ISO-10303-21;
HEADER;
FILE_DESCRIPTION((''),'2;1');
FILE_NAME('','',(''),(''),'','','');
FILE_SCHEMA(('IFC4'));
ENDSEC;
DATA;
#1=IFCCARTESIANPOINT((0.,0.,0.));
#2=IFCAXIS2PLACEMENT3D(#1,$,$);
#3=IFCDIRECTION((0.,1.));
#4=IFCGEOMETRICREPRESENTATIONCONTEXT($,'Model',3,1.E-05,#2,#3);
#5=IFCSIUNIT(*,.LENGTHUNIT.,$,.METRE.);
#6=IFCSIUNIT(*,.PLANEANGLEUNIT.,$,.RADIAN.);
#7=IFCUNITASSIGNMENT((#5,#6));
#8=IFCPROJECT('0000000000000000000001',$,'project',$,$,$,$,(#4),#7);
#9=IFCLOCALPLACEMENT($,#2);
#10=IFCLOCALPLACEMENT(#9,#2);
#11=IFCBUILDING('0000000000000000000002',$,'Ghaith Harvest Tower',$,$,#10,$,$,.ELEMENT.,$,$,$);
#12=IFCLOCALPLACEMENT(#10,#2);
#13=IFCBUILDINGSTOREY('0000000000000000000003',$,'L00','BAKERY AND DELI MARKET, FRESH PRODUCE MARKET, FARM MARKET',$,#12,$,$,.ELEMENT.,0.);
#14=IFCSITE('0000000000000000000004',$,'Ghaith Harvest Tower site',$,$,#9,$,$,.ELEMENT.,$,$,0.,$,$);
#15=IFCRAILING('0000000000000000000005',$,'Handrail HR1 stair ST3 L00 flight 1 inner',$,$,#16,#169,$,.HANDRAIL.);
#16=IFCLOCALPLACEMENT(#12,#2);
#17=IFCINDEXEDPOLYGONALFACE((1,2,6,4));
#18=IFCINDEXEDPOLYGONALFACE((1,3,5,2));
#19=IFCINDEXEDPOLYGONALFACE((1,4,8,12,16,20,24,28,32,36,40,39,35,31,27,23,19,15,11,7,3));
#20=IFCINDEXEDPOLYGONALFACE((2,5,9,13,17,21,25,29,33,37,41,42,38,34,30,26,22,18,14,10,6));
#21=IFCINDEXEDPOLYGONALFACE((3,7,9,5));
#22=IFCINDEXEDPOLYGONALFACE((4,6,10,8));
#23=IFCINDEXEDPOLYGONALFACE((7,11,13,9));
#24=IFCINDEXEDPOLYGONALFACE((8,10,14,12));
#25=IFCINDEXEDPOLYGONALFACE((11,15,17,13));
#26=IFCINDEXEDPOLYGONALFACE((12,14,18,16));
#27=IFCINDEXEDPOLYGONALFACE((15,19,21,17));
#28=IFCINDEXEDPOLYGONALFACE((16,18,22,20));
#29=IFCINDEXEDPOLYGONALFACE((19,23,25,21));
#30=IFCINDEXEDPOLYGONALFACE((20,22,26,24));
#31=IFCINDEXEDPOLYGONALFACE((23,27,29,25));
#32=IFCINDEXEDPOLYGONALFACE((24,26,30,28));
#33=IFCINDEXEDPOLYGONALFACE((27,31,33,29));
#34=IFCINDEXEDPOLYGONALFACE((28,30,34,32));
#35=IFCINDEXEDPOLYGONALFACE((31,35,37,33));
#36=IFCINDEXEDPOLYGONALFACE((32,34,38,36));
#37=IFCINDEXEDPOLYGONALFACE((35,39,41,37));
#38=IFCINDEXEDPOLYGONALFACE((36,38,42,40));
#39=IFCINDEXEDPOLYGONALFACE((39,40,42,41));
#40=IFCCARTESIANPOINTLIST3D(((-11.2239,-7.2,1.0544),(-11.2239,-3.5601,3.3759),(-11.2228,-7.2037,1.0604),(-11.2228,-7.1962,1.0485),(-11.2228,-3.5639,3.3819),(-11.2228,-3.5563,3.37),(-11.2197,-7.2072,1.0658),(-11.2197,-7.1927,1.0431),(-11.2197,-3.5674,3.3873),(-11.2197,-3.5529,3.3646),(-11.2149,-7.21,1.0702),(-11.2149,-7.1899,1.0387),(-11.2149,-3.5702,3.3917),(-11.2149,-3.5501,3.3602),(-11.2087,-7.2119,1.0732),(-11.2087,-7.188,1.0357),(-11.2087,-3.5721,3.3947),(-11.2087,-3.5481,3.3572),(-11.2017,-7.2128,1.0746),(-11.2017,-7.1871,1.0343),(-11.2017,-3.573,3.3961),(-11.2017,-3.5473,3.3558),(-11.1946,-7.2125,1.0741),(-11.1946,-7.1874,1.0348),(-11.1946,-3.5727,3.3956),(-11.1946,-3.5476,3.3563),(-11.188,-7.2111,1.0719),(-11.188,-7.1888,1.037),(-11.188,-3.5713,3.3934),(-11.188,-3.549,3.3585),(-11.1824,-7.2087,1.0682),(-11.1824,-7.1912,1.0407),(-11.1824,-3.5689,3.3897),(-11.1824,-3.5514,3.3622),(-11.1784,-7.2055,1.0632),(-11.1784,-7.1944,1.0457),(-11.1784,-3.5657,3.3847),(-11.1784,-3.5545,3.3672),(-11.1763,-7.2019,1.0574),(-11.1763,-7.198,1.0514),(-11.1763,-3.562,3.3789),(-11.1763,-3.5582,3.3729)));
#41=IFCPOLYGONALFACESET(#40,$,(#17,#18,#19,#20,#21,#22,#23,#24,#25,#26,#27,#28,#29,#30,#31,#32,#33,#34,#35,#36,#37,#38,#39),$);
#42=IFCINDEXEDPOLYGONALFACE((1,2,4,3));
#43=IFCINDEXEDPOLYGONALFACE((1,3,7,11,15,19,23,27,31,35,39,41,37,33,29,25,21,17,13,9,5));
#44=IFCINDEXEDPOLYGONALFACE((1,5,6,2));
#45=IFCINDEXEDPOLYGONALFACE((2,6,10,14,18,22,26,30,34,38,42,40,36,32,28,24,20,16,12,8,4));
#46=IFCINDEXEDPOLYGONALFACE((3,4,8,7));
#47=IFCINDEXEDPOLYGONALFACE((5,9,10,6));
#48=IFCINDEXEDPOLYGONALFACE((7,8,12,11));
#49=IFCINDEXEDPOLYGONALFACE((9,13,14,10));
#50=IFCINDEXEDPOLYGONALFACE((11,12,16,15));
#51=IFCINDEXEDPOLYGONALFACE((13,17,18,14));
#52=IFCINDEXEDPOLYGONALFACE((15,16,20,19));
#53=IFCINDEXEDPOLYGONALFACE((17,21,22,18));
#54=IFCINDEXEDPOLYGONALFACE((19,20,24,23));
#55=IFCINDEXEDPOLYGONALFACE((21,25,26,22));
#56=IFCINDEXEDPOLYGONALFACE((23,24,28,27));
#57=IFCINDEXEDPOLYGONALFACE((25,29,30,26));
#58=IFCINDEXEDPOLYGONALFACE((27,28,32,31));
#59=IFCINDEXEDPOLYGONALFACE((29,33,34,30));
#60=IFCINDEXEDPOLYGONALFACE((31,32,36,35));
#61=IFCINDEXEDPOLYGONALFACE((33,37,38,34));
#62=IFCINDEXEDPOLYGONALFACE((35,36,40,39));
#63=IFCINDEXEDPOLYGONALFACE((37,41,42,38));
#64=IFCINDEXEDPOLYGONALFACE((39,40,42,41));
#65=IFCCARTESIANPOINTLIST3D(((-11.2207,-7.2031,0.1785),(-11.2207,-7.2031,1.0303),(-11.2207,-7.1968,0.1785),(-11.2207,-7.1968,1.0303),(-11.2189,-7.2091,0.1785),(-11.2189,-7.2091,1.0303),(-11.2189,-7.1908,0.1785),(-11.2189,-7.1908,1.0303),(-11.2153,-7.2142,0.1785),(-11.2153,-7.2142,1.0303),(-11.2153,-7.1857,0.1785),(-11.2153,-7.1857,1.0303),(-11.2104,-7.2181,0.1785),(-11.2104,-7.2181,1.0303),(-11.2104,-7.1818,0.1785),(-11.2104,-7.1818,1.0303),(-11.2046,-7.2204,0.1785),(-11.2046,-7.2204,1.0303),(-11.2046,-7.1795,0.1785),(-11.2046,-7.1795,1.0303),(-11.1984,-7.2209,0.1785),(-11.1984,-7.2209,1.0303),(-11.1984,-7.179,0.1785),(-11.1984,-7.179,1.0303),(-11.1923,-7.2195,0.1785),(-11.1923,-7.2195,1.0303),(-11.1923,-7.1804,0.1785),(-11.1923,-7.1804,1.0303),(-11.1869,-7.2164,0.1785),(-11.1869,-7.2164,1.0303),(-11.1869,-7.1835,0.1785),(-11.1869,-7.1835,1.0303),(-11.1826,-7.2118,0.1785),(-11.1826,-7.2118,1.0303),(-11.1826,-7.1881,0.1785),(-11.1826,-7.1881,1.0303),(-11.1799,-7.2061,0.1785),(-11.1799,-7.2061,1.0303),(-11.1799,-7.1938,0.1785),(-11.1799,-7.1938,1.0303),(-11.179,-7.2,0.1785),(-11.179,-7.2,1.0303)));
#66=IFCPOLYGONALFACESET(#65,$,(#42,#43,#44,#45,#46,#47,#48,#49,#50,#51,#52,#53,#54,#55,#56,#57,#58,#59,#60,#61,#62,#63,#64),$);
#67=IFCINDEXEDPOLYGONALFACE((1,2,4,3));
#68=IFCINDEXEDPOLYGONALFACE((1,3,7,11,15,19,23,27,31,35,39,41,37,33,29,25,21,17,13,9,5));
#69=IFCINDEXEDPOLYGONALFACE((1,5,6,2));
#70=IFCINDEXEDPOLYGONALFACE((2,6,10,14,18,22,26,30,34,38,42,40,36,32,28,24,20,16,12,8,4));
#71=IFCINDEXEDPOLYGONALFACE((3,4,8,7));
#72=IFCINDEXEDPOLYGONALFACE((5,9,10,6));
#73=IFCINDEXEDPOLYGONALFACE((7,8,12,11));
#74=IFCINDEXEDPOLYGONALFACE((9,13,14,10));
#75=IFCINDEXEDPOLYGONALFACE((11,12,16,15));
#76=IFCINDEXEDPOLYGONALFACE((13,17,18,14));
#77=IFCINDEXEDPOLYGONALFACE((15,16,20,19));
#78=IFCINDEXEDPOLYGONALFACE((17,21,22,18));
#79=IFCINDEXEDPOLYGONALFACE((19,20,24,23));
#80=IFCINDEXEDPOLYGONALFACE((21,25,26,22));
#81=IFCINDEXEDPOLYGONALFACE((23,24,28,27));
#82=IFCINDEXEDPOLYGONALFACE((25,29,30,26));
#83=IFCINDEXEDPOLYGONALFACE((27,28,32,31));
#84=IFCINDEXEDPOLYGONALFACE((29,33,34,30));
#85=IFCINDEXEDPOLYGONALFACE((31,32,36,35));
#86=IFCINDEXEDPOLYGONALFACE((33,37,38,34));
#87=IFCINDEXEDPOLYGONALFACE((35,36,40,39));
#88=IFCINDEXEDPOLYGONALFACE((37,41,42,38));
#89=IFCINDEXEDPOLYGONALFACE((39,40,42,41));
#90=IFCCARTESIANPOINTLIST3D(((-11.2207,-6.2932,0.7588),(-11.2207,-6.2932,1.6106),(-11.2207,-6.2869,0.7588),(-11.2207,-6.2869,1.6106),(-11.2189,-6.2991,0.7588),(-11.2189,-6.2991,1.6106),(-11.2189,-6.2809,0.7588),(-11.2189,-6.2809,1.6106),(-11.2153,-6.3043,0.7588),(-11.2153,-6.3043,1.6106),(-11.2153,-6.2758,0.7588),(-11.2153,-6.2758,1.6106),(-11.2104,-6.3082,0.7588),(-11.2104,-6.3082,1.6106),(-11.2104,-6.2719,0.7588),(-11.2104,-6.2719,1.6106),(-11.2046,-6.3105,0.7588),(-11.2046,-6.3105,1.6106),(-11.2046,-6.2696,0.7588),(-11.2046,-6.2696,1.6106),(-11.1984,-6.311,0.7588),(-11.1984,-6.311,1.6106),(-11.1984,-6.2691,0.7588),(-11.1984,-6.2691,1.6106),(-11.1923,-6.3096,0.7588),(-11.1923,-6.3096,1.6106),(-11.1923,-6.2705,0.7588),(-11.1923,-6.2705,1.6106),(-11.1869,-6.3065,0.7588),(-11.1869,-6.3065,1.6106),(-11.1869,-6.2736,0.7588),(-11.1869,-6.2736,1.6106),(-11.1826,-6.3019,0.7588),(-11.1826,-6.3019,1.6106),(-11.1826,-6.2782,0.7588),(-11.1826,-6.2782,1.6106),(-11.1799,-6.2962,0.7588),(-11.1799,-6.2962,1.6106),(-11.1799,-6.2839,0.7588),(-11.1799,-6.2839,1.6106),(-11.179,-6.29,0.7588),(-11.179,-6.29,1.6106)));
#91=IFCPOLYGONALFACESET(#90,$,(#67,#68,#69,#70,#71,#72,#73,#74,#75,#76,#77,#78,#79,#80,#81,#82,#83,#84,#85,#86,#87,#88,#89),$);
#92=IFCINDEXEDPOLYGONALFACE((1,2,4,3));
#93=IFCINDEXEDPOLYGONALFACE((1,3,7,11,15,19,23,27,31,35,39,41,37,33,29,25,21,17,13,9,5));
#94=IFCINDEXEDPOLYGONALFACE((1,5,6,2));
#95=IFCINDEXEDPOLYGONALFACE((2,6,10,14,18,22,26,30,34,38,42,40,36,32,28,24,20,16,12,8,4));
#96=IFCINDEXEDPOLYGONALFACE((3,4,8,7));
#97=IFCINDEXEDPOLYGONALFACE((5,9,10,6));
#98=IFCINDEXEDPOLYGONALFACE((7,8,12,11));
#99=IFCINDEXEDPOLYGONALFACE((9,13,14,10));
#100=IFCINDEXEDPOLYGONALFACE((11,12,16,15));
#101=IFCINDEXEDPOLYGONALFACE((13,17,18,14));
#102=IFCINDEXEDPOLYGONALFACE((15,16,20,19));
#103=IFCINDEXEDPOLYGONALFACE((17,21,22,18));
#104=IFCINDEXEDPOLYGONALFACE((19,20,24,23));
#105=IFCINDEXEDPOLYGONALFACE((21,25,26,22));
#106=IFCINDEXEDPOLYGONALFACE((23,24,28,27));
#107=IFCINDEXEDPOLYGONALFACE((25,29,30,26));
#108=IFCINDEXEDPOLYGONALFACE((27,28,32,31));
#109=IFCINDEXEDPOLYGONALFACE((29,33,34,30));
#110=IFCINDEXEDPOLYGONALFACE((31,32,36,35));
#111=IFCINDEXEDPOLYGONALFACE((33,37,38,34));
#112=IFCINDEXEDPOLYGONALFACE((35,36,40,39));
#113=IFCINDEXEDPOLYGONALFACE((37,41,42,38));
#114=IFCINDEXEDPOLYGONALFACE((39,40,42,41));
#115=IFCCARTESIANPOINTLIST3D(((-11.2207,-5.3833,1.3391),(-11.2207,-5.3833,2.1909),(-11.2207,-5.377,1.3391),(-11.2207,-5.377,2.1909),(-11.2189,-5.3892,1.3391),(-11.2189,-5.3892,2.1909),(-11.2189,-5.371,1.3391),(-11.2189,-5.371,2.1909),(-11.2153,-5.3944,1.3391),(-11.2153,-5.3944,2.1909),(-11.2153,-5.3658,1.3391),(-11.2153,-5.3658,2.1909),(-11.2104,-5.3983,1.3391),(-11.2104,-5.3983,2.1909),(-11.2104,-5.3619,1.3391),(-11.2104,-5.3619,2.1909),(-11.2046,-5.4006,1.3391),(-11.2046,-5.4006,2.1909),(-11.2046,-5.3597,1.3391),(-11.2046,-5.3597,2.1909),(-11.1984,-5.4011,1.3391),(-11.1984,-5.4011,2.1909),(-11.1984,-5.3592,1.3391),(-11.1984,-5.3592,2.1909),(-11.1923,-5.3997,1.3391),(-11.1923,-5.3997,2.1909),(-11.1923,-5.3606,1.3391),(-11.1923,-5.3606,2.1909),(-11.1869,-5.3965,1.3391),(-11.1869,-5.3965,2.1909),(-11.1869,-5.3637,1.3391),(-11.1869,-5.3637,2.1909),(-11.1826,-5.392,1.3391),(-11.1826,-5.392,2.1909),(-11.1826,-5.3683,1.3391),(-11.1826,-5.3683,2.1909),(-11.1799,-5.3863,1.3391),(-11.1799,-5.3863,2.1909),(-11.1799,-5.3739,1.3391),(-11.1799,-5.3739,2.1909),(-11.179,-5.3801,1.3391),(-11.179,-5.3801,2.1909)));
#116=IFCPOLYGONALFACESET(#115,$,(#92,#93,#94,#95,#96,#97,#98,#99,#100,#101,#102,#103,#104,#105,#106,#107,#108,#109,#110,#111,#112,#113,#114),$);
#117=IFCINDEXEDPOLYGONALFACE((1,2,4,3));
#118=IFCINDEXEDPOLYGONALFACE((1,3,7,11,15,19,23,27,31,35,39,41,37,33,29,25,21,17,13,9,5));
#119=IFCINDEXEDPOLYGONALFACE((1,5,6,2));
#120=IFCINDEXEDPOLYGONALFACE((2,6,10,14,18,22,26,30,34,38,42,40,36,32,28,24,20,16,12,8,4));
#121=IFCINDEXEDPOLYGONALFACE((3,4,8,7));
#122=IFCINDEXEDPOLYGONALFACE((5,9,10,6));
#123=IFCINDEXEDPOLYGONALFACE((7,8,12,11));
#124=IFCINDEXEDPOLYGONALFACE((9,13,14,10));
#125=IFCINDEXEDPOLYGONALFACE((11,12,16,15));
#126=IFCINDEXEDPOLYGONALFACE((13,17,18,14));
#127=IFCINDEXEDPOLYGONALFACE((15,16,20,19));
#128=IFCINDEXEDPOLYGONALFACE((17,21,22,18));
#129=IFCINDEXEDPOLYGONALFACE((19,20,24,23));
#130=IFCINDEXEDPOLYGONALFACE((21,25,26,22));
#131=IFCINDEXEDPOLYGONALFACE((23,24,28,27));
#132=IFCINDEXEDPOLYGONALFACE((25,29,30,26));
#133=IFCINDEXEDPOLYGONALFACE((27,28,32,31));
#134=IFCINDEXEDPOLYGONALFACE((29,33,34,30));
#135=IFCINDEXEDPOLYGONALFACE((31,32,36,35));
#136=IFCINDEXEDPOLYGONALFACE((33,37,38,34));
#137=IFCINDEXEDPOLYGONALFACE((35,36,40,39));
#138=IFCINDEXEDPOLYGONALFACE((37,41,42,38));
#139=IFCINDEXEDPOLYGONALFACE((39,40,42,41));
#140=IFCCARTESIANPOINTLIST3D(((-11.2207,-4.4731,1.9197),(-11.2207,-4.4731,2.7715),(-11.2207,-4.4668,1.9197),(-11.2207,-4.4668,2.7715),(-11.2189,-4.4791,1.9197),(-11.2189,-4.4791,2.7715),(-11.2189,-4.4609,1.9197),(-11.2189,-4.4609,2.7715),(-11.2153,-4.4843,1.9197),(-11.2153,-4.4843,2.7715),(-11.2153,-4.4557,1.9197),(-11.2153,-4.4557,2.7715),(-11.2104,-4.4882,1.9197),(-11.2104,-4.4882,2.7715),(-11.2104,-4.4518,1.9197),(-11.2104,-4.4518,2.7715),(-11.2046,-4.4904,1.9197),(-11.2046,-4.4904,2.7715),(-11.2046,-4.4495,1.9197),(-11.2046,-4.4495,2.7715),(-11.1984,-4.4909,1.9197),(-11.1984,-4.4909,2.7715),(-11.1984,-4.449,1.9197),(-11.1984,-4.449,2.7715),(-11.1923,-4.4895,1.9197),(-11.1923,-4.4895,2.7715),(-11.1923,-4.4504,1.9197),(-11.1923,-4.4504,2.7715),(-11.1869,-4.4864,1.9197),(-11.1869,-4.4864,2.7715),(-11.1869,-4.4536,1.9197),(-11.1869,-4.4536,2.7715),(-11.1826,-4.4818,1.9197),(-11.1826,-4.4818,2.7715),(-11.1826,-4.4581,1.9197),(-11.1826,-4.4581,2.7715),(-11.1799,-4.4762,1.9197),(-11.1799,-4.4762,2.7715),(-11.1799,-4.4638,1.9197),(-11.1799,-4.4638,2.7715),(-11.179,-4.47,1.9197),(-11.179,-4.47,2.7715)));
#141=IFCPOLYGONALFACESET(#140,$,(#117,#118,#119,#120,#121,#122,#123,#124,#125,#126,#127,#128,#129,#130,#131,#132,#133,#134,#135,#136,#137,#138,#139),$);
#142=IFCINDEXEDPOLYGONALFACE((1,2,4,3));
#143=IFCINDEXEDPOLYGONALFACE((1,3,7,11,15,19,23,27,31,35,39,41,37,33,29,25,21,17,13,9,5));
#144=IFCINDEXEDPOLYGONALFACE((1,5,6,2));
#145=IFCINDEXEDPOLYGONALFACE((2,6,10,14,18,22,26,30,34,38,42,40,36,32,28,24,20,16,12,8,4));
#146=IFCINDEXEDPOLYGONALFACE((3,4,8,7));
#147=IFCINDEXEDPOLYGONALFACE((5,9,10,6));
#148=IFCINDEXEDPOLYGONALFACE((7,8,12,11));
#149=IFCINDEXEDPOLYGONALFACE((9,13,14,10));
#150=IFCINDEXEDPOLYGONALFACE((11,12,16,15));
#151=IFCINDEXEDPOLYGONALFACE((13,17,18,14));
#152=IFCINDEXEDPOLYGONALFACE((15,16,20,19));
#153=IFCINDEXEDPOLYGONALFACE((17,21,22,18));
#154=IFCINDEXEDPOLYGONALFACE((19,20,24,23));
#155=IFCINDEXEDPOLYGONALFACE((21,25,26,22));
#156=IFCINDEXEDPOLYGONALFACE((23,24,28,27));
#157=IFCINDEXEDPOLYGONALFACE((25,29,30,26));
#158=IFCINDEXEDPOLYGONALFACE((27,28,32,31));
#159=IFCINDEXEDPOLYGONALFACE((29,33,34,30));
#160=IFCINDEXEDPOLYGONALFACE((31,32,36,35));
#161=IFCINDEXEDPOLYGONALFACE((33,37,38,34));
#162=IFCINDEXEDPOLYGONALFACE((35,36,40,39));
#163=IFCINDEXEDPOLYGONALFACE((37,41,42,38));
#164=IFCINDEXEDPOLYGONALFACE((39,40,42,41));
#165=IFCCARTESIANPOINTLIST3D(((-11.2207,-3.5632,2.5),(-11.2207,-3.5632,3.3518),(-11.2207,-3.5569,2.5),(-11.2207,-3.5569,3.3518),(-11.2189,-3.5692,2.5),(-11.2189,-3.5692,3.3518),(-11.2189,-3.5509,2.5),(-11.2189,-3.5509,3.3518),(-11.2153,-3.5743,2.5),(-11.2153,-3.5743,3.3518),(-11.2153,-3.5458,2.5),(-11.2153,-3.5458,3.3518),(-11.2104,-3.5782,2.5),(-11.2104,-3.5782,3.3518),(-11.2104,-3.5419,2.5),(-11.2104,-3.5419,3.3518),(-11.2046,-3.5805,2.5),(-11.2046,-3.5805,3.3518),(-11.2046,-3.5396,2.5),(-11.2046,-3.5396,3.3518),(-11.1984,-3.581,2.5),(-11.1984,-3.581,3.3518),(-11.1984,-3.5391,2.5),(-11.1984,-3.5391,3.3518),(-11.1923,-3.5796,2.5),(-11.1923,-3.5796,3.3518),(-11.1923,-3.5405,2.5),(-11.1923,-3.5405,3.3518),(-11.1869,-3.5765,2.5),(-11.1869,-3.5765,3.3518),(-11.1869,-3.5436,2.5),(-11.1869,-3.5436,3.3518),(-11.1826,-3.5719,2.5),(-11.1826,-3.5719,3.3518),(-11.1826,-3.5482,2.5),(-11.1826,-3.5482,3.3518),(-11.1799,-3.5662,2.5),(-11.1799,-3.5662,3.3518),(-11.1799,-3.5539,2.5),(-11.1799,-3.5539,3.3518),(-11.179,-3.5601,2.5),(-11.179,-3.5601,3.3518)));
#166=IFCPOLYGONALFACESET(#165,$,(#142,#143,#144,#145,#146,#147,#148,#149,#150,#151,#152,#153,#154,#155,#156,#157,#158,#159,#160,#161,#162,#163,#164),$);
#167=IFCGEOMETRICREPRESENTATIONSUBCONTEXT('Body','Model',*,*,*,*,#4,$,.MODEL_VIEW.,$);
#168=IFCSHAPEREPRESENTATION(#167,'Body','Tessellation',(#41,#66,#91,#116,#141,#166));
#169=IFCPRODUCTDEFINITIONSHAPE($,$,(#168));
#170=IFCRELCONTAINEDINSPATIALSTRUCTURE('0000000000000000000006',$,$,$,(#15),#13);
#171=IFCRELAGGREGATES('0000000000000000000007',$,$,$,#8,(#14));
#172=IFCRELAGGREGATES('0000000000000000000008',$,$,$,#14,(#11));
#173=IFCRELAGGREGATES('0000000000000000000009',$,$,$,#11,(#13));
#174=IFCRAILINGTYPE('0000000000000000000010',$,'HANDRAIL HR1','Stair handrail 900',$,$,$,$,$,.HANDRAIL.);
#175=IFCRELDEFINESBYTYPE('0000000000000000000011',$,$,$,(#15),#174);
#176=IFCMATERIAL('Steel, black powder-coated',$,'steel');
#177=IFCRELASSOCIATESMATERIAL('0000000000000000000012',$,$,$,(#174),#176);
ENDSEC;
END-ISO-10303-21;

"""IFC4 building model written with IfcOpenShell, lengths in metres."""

from ifc_helpers import new_model, si_unit, direction, frame, origin, origin_2d, place, context, subcontext, project, spatial, circle, extrude, material, type_object, element, save


model = new_model("IFC4")

# Units and contexts
model_context = context("Model", 3, precision=1e-05, world=origin(), true_north=direction((0.0, 1.0)))
body_context = subcontext(model_context, "Body", "Model", "MODEL_VIEW")
ifc_project = project(units=[si_unit("LENGTHUNIT", "METRE"), si_unit("PLANEANGLEUNIT", "RADIAN")], contexts=[model_context])

# Site, building, storey
site_placement = place(None, origin())
site = spatial("IfcSite", under=ifc_project, at=site_placement, Name="Ghaith Harvest Tower site", CompositionType="ELEMENT", RefElevation=0.0)
building_placement = place(site_placement, origin())
building = spatial("IfcBuilding", under=site, at=building_placement, Name="Ghaith Harvest Tower", CompositionType="ELEMENT")
storey_placement = place(building_placement, origin())
storey = spatial("IfcBuildingStorey", under=building, at=storey_placement, Name="L00", Description="BAKERY AND DELI MARKET, FRESH PRODUCE MARKET, FARM MARKET", CompositionType="ELEMENT", Elevation=0.0)

# Railing
ifc_material_1 = material(Name="Steel, black powder-coated", Category="steel")
railing_type = type_object("IfcRailingType", Name="HANDRAIL HR1", Description="Stair handrail 900", PredefinedType="HANDRAIL", material=ifc_material_1)
railing_1_placement = place(storey_placement, frame((-11.2, -7.2, 0.1785)))
element("IfcRailing", 1, at=railing_1_placement, inside=storey, type_object=railing_type, Name="Handrail HR1 stair ST3 L00 flight 1 inner", PredefinedType="HANDRAIL", context=body_context, shape_type="SweptSolid", body=[
    extrude(circle(Radius=0.0239, at=origin_2d()), frame((0.0, 0.0, 0.876), z_axis=(0.0, 0.843112, 0.537739), x_axis=(-1.0, 0.0, 0.0)), (0.0, 0.0, 1.0), 4.3171),
    extrude(circle(Radius=0.021, at=origin_2d()), origin(), (0.0, 0.0, 1.0), 0.8518),
    extrude(circle(Radius=0.021, at=origin_2d()), frame((0.0, 0.9099, 0.5803)), (0.0, 0.0, 1.0), 0.8518),
    extrude(circle(Radius=0.021, at=origin_2d()), frame((0.0, 1.8198, 1.1606)), (0.0, 0.0, 1.0), 0.8518),
    extrude(circle(Radius=0.021, at=origin_2d()), frame((0.0, 2.73, 1.7412)), (0.0, 0.0, 1.0), 0.8518),
    extrude(circle(Radius=0.021, at=origin_2d()), frame((0.0, 3.6399, 2.3215)), (0.0, 0.0, 1.0), 0.8518),
])

save(model, "model.ifc")
